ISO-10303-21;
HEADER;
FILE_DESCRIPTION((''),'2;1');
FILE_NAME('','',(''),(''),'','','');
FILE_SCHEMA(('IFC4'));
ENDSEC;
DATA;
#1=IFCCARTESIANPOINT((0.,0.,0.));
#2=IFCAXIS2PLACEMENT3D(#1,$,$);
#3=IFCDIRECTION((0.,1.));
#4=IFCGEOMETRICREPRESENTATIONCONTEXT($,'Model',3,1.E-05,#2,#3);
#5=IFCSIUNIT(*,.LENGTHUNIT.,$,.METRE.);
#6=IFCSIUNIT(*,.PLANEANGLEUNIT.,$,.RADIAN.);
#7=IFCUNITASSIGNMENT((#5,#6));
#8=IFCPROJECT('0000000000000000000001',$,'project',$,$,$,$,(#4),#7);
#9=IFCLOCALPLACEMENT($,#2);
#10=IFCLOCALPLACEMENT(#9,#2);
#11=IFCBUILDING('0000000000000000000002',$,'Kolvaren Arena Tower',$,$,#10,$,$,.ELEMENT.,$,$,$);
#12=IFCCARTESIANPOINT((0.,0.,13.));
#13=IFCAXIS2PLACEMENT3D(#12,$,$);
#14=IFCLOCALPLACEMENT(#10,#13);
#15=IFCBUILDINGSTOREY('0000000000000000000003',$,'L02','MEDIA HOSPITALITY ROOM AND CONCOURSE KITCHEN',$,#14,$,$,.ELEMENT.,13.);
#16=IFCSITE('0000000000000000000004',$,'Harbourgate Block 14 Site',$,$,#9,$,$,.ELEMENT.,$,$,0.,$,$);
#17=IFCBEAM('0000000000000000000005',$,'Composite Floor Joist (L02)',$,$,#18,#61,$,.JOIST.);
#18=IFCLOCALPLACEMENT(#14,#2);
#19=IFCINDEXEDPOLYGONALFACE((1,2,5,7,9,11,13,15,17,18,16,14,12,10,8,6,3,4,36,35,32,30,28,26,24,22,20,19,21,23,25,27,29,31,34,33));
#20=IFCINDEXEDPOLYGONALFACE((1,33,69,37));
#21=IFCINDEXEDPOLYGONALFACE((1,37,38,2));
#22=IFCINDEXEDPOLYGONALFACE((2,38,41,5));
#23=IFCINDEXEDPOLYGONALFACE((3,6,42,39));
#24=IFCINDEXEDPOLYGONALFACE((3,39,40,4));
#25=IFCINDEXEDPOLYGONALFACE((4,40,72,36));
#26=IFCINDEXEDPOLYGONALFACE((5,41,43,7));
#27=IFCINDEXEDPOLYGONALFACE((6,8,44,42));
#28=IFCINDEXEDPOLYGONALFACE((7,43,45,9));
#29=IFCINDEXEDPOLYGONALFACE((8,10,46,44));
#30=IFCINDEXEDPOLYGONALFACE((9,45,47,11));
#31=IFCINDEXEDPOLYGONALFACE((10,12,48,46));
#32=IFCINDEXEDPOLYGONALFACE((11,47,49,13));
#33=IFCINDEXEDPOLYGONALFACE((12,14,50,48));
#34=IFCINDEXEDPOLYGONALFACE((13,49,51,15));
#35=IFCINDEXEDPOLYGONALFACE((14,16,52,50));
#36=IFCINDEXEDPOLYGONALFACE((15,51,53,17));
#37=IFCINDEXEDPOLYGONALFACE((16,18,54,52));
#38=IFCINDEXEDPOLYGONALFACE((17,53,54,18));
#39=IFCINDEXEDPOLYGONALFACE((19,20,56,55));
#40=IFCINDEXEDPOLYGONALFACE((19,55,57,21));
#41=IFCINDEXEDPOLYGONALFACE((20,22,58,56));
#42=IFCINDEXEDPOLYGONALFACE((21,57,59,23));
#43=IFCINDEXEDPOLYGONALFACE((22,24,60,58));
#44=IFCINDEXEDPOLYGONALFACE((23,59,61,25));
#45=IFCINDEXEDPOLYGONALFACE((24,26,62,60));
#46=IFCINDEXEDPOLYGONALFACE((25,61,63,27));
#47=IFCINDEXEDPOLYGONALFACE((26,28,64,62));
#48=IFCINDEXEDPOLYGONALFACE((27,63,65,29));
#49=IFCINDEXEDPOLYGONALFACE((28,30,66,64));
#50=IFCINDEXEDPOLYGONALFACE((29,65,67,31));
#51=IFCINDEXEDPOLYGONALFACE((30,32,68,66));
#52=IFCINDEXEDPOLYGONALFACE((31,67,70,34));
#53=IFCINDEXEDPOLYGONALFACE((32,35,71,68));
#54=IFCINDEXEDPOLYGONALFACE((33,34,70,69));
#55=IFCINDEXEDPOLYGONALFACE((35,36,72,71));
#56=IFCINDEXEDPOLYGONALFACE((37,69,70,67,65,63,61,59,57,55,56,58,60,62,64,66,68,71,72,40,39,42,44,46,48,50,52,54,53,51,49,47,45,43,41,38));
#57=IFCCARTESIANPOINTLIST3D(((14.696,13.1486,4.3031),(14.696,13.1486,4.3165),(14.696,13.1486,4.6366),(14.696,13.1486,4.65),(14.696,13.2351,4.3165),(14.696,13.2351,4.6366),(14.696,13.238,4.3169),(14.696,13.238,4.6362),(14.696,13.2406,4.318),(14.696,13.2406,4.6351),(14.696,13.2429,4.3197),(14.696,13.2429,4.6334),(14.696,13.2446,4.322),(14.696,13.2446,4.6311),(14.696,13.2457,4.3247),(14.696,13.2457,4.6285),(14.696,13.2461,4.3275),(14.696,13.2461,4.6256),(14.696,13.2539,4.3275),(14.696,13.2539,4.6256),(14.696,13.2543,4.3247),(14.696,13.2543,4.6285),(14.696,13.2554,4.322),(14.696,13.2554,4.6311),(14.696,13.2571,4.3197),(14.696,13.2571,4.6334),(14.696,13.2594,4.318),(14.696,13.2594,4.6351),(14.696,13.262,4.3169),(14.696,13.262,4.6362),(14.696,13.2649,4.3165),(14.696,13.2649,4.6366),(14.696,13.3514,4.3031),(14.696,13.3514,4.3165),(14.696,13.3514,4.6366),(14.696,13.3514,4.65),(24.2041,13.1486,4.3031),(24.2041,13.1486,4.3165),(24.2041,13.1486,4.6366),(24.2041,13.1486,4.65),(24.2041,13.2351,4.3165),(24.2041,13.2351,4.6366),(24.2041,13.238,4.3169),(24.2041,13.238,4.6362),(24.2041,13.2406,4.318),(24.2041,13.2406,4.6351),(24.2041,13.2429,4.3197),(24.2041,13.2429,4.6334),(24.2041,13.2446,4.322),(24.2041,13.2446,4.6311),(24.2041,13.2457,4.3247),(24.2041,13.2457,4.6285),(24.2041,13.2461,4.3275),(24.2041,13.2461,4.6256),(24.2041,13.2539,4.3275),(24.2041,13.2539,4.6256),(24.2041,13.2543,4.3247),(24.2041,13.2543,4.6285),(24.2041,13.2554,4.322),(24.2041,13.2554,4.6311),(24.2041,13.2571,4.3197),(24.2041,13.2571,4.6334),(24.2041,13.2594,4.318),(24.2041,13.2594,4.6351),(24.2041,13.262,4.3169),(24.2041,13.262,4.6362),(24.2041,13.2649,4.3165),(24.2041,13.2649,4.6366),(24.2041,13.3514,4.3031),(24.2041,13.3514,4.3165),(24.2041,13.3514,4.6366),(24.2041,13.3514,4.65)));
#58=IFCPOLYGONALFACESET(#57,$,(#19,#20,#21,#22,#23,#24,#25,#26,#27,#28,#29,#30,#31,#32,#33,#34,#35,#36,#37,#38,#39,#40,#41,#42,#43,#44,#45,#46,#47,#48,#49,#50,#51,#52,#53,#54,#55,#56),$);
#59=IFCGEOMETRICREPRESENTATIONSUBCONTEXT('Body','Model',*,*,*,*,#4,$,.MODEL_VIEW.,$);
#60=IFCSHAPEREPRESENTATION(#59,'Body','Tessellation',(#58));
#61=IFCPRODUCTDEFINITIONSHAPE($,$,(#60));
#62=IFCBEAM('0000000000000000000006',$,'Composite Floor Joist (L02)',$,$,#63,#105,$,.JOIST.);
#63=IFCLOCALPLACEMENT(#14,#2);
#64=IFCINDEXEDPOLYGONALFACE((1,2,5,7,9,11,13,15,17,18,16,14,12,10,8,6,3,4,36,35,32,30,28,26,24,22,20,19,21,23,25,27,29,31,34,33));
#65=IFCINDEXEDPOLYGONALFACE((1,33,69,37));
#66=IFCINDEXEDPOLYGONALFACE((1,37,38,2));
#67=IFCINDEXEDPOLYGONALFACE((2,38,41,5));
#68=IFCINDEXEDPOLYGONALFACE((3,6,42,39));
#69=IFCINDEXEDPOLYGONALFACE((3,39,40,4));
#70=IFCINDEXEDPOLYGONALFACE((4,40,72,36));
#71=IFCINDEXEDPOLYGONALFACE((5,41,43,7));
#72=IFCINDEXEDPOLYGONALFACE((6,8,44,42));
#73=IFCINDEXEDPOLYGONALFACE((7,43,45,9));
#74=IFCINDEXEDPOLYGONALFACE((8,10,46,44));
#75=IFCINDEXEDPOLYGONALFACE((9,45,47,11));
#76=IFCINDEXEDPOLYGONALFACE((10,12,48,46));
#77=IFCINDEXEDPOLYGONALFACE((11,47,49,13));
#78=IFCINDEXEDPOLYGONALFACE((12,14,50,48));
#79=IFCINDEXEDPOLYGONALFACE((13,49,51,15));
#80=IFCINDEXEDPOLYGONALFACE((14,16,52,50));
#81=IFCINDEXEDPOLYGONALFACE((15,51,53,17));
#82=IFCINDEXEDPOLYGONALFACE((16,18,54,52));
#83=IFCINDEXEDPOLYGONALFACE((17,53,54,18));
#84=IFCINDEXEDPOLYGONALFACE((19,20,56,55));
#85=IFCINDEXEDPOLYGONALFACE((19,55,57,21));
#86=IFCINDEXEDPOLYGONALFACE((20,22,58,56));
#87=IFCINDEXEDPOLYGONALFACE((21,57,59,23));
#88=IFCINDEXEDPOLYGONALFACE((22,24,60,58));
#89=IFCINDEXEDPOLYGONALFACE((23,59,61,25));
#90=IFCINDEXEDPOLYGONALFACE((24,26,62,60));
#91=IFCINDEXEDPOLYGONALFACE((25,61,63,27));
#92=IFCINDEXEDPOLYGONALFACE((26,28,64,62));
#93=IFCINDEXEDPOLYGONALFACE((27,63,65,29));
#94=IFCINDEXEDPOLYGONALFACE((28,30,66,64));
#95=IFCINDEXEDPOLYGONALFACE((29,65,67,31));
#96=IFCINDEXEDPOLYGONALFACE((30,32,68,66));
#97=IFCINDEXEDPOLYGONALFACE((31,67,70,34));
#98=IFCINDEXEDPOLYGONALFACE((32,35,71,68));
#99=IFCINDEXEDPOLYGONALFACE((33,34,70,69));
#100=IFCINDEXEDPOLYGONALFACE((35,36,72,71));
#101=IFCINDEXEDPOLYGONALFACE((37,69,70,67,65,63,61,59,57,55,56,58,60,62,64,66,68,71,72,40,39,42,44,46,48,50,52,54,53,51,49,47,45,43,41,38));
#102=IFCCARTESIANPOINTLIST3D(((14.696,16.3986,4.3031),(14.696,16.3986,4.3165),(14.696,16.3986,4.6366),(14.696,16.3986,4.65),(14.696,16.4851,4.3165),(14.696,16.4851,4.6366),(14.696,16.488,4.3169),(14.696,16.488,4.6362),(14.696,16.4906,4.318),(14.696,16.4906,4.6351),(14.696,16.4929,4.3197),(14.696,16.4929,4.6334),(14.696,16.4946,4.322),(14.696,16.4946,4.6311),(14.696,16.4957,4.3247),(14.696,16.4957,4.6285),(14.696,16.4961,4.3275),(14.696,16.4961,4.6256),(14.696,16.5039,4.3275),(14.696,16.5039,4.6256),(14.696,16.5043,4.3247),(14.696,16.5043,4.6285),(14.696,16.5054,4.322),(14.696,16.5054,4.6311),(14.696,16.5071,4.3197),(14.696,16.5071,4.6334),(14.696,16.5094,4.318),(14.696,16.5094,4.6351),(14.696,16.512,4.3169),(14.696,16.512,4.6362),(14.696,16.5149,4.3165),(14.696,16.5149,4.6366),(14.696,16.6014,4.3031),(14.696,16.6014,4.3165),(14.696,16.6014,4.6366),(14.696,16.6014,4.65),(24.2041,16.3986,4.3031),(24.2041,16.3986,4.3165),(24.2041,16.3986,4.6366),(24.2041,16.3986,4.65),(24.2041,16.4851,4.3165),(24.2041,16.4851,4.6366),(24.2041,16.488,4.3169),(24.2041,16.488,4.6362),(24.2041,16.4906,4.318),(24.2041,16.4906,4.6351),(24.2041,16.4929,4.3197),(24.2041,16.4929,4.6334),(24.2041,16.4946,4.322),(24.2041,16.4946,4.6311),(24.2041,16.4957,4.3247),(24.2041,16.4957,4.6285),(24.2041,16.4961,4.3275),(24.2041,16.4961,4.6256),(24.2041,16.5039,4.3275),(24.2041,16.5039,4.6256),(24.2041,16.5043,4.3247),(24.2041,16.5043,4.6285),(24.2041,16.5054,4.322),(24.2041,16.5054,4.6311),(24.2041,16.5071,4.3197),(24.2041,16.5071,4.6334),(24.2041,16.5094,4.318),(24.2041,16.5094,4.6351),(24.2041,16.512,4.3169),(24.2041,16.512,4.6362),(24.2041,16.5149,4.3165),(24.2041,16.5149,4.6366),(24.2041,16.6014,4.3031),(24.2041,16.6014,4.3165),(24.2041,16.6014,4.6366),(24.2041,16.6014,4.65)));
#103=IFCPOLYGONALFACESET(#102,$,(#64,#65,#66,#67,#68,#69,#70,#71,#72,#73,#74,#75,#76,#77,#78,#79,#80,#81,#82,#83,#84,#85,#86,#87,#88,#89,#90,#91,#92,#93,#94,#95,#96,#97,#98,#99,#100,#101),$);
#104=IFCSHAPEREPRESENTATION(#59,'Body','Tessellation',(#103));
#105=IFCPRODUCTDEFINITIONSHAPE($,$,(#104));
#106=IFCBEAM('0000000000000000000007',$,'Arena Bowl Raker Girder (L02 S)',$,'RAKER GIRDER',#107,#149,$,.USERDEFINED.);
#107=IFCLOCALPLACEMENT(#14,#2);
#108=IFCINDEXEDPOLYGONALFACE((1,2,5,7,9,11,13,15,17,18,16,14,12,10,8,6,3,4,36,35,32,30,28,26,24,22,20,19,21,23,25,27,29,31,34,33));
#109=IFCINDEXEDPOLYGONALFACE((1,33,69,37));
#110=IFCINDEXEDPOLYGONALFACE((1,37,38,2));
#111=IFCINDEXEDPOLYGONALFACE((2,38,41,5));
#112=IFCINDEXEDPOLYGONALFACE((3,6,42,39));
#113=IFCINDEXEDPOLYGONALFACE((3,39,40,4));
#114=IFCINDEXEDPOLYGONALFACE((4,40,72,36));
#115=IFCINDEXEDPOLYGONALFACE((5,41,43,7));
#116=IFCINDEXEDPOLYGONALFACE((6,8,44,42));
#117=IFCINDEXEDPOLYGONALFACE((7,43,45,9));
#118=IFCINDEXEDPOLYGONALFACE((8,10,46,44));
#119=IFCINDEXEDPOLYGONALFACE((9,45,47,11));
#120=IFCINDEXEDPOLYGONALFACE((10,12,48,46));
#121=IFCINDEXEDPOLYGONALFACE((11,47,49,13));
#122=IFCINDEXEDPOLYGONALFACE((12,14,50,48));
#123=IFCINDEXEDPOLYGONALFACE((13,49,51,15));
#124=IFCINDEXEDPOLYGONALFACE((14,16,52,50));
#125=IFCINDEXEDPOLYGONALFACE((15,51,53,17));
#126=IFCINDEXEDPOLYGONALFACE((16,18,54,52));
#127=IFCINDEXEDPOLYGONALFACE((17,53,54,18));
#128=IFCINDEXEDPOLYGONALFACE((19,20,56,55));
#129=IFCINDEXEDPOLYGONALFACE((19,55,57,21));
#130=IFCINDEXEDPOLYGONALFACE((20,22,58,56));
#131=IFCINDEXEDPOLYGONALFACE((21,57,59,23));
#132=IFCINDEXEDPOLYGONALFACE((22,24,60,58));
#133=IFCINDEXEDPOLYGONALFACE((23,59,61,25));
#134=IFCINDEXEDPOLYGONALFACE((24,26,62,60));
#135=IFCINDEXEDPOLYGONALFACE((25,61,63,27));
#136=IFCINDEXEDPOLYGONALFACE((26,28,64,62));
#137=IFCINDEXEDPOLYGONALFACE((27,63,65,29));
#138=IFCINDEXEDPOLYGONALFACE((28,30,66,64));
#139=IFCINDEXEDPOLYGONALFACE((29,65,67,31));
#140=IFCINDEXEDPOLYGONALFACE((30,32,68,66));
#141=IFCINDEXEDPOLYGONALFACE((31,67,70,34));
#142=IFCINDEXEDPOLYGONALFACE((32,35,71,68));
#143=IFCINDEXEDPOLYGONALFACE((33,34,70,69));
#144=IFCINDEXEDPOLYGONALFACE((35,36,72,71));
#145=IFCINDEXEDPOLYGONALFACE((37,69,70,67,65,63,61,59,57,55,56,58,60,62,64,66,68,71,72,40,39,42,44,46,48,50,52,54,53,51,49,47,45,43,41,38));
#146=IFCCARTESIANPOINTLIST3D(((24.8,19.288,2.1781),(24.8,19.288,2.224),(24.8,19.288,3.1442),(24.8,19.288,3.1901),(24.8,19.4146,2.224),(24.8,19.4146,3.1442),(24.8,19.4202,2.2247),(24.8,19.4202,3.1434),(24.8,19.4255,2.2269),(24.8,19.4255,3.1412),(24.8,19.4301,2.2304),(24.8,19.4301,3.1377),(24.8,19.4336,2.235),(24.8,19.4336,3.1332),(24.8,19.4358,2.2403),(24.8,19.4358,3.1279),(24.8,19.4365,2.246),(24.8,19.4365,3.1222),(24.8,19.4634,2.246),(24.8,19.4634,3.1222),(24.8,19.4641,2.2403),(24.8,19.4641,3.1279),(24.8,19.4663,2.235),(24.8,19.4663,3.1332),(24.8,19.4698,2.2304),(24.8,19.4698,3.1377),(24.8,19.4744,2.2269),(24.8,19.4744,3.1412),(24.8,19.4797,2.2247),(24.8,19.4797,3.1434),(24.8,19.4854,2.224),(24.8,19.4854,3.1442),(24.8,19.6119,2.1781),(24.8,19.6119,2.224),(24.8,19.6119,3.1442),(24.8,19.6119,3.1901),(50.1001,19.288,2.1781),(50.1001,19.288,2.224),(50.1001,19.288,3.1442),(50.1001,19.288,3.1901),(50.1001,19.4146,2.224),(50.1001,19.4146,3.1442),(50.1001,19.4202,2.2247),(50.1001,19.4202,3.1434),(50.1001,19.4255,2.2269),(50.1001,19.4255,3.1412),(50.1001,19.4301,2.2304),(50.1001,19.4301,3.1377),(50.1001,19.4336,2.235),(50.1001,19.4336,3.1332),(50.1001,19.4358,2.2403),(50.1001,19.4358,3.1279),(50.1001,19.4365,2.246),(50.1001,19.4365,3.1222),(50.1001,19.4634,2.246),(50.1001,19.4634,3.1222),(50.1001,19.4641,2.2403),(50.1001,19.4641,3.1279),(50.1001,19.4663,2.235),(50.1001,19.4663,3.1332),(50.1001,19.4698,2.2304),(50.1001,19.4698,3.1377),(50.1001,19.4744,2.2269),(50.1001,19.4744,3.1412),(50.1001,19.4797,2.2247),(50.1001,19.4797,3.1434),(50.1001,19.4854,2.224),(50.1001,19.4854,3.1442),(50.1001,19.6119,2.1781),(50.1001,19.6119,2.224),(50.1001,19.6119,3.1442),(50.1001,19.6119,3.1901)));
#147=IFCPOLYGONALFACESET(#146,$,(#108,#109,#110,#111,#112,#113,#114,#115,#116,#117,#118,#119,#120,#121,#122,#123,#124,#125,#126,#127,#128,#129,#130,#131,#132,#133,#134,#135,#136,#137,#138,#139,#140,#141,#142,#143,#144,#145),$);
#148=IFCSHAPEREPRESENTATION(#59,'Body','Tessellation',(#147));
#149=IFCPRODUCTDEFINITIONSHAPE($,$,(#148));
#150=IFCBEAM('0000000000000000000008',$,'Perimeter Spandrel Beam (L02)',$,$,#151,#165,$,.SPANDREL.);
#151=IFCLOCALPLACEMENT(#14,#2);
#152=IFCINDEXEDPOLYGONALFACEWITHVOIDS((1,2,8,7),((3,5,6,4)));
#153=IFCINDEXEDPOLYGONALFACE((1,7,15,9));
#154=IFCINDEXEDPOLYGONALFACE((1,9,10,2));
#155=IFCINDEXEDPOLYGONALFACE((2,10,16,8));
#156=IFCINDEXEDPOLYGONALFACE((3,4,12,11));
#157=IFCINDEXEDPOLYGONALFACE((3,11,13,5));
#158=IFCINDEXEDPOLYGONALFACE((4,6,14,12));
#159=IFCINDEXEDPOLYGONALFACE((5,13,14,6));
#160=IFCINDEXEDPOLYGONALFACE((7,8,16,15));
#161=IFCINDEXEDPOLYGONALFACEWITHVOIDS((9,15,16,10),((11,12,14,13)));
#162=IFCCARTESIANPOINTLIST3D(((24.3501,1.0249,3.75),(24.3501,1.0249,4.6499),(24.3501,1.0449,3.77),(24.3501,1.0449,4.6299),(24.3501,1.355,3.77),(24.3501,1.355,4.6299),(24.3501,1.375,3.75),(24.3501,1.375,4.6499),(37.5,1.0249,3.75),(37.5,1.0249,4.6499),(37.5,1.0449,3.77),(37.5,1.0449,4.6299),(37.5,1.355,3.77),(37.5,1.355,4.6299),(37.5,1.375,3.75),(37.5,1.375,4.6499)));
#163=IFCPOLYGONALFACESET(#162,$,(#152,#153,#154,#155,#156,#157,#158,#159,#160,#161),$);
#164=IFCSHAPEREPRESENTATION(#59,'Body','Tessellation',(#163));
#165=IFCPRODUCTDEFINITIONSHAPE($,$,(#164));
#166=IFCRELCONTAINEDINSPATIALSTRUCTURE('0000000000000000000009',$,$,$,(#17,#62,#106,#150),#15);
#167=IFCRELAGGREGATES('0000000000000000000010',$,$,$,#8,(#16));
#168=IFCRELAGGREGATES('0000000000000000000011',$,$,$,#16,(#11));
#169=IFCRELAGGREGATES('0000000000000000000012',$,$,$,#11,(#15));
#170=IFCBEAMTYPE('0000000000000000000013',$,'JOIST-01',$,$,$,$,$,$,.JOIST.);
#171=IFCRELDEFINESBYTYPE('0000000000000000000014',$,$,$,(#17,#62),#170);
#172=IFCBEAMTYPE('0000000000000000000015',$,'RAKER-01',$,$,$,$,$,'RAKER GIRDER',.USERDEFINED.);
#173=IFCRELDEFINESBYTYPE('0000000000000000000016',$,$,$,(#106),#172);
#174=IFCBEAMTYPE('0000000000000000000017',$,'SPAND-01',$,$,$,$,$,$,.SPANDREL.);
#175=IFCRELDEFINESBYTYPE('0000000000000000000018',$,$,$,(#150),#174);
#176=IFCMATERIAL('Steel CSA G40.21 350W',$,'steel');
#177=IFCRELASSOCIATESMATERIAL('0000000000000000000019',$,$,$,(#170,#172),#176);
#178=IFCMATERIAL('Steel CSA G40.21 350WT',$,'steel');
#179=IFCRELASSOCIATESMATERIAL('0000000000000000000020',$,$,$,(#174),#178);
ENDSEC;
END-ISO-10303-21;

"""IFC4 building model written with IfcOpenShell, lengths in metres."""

from ifc_helpers import new_model, si_unit, direction, frame, origin, origin_2d, place, context, subcontext, project, spatial, hollow_rectangle, i_section, extrude, material, material_profile, profile_set, type_object, element, save


model = new_model("IFC4")

# Units and contexts
model_context = context("Model", 3, precision=1e-05, world=origin(), true_north=direction((0.0, 1.0)))
body_context = subcontext(model_context, "Body", "Model", "MODEL_VIEW")
ifc_project = project(units=[si_unit("LENGTHUNIT", "METRE"), si_unit("PLANEANGLEUNIT", "RADIAN")], contexts=[model_context])

# Site, building, storey
site_placement = place(None, origin())
site = spatial("IfcSite", under=ifc_project, at=site_placement, Name="Harbourgate Block 14 Site", CompositionType="ELEMENT", RefElevation=0.0)
building_placement = place(site_placement, origin())
building = spatial("IfcBuilding", under=site, at=building_placement, Name="Kolvaren Arena Tower", CompositionType="ELEMENT")
storey_placement = place(building_placement, frame((0.0, 0.0, 13.0)))
storey = spatial("IfcBuildingStorey", under=building, at=storey_placement, Name="L02", Description="MEDIA HOSPITALITY ROOM AND CONCOURSE KITCHEN", CompositionType="ELEMENT", Elevation=13.0)

# Beams
ifc_material_1 = material(Name="Steel CSA G40.21 350W", Category="steel")
ifc_material_profile_1 = material_profile(ifc_material_1, i_section(OverallWidth=0.2029, OverallDepth=0.3469, WebThickness=0.0078, FlangeThickness=0.0134, FilletRadius=0.011, at=origin_2d()), Name="W360x64")
ifc_profile_set_1 = profile_set([ifc_material_profile_1], Name="Steel CSA G40.21 350W")
beam_type_1 = type_object("IfcBeamType", Name="JOIST-01", PredefinedType="JOIST", material=ifc_profile_set_1)
for number, where, z_axis, x_axis, name in (
    (1, (14.696, 13.25, 4.4766), (1.0, 0.0, 0.0), (0.0, 1.0, 0.0), "Composite Floor Joist (L02)"),
    (2, (14.696, 16.5, 4.4766), (1.0, 0.0, 0.0), (0.0, 1.0, 0.0), "Composite Floor Joist (L02)"),
):
    element("IfcBeam", number, at=place(storey_placement, frame(where, z_axis=z_axis, x_axis=x_axis)), inside=storey, type_object=beam_type_1, Name=name, PredefinedType="JOIST", context=body_context, shape_type="SweptSolid", body=[
        extrude(i_section(OverallWidth=0.2029, OverallDepth=0.3469, WebThickness=0.0078, FlangeThickness=0.0134, FilletRadius=0.011, at=origin_2d()), origin(), (0.0, 0.0, 1.0), 9.5081),
    ])
ifc_material_profile_2 = material_profile(ifc_material_1, i_section(OverallWidth=0.324, OverallDepth=1.012, WebThickness=0.0269, FlangeThickness=0.0459, FilletRadius=0.022, at=origin_2d()), Name="W1000x443")
ifc_profile_set_2 = profile_set([ifc_material_profile_2], Name="Steel CSA G40.21 350W")
beam_type_2 = type_object("IfcBeamType", Name="RAKER-01", ElementType="RAKER GIRDER", PredefinedType="USERDEFINED", material=ifc_profile_set_2)
beam_1_placement = place(storey_placement, frame((24.8, 19.45, 2.6841), z_axis=(1.0, 0.0, 0.0), x_axis=(0.0, 1.0, 0.0)))
element("IfcBeam", 3, at=beam_1_placement, inside=storey, type_object=beam_type_2, Name="Arena Bowl Raker Girder (L02 S)", ObjectType="RAKER GIRDER", PredefinedType="USERDEFINED", context=body_context, shape_type="SweptSolid", body=[
    extrude(i_section(OverallWidth=0.324, OverallDepth=1.012, WebThickness=0.0269, FlangeThickness=0.0459, FilletRadius=0.022, at=origin_2d()), origin(), (0.0, 0.0, 1.0), 25.3),
])
ifc_material_2 = material(Name="Steel CSA G40.21 350WT", Category="steel")
ifc_material_profile_3 = material_profile(ifc_material_2, hollow_rectangle(XDim=0.3501, YDim=0.8999, WallThickness=0.02, at=origin_2d()), Name="HSS 900x350x20")
ifc_profile_set_3 = profile_set([ifc_material_profile_3], Name="Steel CSA G40.21 350WT")
beam_type_3 = type_object("IfcBeamType", Name="SPAND-01", PredefinedType="SPANDREL", material=ifc_profile_set_3)
beam_2_placement = place(storey_placement, frame((24.3501, 1.2, 4.2), z_axis=(1.0, 0.0, 0.0), x_axis=(0.0, 1.0, 0.0)))
element("IfcBeam", 4, at=beam_2_placement, inside=storey, type_object=beam_type_3, Name="Perimeter Spandrel Beam (L02)", PredefinedType="SPANDREL", context=body_context, shape_type="SweptSolid", body=[
    extrude(hollow_rectangle(XDim=0.3501, YDim=0.8999, WallThickness=0.02, at=origin_2d()), origin(), (0.0, 0.0, 1.0), 13.1499),
])

save(model, "model.ifc")
